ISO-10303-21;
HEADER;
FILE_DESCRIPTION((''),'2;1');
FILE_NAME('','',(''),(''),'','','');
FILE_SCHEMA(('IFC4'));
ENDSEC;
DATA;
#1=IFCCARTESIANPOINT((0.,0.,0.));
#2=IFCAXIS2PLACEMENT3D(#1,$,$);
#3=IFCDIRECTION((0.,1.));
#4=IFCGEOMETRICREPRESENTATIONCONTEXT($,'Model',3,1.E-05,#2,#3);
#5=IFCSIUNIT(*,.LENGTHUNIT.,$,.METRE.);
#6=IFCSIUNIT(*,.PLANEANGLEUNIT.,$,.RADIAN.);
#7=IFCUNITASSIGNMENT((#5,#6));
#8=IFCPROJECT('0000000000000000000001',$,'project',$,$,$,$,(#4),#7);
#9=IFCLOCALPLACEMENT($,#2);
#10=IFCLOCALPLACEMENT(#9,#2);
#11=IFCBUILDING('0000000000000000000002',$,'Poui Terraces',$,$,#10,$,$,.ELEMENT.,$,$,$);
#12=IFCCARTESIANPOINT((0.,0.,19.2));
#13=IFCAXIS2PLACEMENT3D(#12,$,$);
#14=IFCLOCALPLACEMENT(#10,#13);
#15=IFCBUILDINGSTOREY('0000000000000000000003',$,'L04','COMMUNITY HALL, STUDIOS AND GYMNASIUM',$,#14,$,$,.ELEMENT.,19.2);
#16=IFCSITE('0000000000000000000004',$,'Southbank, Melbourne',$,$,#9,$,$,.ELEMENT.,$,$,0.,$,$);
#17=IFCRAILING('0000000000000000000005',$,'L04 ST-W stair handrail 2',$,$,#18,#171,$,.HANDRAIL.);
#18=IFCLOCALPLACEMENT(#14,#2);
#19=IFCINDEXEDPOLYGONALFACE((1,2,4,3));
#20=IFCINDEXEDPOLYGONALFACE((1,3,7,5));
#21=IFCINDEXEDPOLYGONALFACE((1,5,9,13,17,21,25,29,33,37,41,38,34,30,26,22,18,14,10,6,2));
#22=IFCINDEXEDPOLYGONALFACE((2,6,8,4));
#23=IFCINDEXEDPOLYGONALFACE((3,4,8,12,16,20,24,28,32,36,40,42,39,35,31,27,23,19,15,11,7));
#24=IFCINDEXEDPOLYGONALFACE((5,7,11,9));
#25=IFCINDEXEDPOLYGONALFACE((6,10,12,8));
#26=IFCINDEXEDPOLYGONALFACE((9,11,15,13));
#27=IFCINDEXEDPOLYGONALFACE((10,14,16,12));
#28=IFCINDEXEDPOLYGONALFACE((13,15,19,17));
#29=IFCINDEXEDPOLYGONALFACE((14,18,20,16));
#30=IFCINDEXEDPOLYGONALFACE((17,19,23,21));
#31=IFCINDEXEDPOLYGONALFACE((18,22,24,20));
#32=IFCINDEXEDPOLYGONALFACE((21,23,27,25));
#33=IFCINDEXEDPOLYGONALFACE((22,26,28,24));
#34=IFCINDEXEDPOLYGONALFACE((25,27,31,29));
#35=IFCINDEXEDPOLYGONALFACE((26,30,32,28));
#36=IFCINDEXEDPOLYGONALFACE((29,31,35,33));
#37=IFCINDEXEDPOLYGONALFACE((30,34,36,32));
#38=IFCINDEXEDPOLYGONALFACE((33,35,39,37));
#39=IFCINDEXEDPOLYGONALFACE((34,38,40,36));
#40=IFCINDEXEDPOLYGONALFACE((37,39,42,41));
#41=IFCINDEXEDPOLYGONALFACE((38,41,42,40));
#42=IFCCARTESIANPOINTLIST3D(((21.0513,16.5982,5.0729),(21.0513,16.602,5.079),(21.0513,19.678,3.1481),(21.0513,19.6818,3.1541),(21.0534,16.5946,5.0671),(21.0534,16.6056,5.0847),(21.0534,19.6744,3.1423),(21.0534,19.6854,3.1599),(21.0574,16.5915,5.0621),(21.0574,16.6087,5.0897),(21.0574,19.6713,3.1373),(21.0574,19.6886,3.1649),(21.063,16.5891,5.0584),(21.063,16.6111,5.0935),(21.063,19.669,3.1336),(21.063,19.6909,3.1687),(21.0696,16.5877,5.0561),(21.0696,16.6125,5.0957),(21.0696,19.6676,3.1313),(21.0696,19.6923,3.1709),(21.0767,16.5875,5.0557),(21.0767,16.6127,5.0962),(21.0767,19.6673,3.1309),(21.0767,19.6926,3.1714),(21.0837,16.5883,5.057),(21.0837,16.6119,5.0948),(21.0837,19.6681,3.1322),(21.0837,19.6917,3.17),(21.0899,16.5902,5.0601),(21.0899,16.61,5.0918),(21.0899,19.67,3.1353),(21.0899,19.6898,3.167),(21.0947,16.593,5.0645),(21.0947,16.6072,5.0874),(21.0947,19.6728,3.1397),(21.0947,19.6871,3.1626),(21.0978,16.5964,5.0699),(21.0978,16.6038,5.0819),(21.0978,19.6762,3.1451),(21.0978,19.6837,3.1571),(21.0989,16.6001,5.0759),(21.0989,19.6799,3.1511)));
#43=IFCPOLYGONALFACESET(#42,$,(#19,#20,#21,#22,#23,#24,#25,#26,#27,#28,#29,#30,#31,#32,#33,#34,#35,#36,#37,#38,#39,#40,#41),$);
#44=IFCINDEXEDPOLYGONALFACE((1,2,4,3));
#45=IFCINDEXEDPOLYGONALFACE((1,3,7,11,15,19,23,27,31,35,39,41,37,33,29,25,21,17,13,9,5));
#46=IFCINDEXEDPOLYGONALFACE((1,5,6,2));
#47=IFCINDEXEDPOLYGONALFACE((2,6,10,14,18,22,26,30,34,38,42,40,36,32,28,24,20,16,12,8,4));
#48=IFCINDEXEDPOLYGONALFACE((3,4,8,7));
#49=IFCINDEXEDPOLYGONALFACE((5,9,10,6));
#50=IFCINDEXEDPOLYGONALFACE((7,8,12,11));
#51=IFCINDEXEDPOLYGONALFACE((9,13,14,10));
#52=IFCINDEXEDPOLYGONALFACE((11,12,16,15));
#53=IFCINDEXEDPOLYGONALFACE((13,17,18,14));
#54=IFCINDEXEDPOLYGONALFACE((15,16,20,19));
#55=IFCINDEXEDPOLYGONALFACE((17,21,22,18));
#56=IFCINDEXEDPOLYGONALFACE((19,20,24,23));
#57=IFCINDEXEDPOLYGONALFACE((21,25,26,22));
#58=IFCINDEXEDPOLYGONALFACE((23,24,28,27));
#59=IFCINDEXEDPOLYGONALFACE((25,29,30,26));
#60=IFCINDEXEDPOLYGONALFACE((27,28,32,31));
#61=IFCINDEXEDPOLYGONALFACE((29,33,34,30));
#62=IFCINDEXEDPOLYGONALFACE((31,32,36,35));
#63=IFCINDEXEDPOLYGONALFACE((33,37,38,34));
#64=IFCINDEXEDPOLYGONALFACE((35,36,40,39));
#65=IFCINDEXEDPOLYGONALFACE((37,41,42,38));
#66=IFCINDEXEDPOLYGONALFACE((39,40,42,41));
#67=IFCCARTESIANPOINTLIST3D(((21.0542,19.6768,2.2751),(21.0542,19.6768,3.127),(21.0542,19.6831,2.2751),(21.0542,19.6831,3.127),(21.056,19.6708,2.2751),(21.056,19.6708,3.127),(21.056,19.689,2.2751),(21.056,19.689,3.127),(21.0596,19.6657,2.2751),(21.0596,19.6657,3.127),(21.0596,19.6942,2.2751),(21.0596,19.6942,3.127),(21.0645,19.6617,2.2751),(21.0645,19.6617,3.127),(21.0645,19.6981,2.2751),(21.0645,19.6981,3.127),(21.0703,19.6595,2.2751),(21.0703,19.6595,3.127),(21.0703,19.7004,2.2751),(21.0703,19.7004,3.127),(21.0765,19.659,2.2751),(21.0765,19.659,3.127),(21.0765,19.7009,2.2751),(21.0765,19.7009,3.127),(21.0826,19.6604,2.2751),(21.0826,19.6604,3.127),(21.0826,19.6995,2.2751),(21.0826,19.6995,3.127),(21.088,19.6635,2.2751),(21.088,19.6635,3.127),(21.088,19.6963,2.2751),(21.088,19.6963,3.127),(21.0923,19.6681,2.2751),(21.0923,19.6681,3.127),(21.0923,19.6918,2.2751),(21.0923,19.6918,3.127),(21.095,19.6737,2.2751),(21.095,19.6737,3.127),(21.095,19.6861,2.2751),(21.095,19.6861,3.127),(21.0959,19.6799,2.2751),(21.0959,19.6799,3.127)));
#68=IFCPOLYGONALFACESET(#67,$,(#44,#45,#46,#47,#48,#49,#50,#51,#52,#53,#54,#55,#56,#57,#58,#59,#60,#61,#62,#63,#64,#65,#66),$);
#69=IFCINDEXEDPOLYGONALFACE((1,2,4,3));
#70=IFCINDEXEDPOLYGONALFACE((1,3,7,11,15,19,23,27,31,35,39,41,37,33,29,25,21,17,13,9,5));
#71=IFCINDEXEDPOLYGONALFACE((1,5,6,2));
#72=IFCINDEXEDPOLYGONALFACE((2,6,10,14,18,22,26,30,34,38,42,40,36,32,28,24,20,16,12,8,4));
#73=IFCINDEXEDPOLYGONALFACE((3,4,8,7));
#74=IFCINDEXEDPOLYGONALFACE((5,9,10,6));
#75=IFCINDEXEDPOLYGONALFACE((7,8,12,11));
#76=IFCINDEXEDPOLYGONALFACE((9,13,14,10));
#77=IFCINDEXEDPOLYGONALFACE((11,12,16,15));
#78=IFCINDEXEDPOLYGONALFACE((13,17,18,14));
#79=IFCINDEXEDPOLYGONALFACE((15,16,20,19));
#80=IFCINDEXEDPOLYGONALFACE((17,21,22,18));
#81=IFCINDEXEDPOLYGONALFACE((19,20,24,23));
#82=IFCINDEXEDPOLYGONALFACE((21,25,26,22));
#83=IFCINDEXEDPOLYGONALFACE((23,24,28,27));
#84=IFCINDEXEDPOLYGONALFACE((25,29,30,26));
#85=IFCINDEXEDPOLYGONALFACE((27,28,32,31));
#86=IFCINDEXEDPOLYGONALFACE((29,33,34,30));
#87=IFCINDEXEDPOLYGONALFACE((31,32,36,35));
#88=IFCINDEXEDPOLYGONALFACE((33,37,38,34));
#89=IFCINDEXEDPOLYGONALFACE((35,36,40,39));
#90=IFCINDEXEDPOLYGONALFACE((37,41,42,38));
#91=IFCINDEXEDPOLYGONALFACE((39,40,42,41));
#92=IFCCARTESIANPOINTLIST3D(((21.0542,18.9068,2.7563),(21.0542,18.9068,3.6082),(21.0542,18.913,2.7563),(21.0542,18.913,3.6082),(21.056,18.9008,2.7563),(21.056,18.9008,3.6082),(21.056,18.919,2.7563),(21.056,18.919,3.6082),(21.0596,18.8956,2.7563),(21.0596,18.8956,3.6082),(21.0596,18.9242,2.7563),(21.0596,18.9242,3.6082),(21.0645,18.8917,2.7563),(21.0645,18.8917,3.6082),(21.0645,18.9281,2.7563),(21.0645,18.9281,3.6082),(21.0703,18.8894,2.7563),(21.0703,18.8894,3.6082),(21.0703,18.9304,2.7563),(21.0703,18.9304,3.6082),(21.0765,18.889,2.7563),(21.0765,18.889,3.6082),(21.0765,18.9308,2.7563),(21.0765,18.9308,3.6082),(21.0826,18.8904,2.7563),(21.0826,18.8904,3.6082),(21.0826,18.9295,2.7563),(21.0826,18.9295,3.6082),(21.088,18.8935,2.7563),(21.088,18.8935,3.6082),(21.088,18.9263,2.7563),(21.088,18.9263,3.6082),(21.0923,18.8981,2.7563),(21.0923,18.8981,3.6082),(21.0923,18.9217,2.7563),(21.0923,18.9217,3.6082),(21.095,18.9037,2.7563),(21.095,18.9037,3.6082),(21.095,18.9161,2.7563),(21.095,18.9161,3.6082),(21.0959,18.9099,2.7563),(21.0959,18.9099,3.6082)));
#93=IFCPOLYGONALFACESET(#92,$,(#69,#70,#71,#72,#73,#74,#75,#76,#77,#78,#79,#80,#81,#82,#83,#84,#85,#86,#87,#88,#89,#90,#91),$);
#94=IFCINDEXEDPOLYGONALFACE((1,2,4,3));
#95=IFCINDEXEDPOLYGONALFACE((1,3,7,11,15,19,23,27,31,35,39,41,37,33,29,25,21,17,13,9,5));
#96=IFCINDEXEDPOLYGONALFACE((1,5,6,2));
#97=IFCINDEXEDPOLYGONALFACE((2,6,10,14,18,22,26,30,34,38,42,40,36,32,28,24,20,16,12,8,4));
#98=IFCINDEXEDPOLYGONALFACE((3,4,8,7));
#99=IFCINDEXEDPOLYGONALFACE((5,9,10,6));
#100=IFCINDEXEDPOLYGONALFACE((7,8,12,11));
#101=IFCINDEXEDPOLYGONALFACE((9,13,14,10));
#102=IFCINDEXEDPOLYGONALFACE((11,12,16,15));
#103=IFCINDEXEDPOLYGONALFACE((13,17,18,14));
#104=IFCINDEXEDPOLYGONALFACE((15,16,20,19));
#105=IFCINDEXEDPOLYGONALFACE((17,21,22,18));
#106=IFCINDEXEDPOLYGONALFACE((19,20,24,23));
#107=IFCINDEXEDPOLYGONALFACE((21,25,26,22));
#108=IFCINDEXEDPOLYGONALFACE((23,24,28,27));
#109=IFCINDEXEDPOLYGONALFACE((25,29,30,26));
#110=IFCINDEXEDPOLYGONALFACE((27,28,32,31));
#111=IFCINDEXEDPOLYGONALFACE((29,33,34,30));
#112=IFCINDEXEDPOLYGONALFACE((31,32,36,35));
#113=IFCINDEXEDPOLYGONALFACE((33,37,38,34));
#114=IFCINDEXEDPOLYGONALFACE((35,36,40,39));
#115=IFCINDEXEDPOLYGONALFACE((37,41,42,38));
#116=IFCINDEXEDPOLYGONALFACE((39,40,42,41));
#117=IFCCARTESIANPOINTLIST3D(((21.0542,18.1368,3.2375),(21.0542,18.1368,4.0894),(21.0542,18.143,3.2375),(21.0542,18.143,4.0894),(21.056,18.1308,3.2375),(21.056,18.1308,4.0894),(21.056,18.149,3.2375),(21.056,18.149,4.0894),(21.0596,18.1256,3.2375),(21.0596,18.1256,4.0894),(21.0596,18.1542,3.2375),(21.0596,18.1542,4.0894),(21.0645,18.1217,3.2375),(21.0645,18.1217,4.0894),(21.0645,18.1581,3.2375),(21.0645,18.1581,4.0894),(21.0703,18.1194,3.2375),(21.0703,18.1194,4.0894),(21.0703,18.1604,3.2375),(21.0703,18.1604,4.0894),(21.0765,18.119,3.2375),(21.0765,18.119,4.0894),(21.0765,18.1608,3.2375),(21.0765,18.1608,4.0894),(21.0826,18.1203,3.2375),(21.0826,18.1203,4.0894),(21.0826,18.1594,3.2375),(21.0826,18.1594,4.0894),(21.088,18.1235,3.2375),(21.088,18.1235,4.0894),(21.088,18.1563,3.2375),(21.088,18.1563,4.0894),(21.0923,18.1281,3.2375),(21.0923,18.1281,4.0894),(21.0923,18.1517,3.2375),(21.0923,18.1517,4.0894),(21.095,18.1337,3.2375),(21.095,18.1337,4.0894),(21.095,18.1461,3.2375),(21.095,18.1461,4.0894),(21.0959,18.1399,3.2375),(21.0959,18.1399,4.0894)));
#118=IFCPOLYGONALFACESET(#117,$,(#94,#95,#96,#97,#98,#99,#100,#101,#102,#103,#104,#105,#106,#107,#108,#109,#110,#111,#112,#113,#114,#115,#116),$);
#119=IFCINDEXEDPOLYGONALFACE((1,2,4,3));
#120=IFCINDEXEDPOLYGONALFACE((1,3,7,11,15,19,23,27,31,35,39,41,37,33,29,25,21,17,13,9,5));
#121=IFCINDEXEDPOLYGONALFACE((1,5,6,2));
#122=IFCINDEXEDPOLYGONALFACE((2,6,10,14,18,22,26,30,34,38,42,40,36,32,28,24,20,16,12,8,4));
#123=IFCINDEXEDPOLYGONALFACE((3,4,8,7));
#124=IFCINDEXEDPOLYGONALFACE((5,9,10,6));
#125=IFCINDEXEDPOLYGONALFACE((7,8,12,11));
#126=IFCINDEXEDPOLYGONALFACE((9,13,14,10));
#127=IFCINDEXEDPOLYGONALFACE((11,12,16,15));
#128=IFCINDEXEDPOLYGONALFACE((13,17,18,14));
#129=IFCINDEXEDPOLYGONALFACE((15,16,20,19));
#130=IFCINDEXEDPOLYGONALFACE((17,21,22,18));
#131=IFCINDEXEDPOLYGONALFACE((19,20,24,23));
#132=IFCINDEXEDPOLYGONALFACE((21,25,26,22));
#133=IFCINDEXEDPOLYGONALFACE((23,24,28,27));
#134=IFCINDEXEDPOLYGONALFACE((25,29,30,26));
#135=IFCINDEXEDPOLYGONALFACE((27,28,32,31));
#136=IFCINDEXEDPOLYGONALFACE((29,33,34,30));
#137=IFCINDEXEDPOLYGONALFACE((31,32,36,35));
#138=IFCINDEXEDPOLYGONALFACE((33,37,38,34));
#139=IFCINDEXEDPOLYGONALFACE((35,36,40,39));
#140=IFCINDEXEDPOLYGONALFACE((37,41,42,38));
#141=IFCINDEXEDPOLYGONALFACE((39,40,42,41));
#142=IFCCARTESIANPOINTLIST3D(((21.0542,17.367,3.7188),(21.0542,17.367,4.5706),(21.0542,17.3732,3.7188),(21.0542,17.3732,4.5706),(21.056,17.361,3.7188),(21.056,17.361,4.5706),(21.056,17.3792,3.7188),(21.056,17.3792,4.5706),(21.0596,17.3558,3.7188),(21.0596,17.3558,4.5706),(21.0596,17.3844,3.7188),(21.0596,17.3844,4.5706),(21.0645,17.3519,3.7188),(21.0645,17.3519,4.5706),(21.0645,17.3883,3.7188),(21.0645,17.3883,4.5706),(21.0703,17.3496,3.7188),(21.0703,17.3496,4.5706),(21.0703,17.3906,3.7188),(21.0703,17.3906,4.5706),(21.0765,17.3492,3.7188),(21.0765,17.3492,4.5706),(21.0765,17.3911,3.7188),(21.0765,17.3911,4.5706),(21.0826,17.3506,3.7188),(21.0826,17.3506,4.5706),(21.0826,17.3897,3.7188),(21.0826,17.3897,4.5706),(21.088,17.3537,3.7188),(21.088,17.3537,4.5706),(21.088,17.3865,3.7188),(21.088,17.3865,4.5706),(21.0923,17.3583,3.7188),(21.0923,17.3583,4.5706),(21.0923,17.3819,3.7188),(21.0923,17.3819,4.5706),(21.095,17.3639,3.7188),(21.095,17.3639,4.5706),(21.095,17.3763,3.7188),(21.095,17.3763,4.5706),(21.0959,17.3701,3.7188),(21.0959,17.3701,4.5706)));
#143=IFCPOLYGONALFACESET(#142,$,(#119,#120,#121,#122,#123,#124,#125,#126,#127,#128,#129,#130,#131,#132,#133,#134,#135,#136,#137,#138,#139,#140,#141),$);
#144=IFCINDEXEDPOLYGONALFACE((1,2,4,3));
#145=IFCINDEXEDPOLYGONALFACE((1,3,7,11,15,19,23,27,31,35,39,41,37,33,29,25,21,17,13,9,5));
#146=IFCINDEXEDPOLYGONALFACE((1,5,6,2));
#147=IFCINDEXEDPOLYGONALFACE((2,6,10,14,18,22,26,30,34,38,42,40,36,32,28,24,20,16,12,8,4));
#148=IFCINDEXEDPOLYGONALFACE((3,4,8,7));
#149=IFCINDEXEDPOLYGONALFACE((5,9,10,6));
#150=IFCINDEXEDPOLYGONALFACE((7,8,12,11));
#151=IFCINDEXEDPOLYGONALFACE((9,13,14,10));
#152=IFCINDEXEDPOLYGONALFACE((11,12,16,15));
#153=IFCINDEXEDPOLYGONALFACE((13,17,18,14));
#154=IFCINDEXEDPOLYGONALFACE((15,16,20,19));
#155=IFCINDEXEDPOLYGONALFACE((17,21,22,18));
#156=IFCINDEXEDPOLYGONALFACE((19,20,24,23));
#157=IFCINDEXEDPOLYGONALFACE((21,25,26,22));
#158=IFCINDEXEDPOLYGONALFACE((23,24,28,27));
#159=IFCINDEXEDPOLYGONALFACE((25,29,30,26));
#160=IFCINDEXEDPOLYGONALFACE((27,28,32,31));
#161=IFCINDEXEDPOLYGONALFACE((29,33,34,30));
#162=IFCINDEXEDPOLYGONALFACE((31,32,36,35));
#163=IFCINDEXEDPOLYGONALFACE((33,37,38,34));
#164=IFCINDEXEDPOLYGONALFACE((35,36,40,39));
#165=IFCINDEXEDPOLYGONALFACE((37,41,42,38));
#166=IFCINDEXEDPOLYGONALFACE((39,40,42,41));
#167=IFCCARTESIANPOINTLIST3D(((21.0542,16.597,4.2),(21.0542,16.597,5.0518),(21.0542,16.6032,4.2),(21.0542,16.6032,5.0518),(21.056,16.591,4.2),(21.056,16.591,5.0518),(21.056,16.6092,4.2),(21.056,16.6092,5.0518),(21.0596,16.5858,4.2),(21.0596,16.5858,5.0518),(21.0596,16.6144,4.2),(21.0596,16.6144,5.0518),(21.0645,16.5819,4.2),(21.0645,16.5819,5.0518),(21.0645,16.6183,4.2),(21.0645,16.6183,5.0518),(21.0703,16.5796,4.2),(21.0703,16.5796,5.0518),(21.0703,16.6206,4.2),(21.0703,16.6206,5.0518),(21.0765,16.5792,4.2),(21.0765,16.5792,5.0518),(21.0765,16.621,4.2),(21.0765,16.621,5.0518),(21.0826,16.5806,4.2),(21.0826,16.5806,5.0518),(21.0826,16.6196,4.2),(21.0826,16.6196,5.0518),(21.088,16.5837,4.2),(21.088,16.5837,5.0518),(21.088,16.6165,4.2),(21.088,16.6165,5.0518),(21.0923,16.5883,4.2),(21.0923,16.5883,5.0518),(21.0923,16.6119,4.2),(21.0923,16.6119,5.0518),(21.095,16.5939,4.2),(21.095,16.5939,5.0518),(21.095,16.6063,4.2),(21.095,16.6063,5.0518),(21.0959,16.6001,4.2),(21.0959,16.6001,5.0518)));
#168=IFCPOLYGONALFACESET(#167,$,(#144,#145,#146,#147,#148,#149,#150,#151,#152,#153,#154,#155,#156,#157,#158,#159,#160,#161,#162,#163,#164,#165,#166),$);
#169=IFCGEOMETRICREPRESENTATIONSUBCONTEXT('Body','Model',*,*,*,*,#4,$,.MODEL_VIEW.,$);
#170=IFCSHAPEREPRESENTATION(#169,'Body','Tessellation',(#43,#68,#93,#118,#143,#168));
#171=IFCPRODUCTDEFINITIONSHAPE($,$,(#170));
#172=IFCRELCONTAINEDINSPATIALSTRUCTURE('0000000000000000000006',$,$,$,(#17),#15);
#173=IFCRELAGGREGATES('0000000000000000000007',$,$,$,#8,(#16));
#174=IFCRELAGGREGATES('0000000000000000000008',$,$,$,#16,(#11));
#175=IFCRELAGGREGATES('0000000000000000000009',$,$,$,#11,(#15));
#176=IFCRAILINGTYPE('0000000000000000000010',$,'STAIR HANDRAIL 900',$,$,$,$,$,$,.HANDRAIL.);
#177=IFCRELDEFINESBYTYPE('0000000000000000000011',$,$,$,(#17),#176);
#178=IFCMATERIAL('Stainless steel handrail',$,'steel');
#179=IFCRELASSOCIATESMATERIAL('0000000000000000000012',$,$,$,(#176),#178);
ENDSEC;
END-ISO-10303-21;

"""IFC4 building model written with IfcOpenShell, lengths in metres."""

from ifc_helpers import new_model, si_unit, direction, frame, origin, origin_2d, place, context, subcontext, project, spatial, circle, extrude, material, type_object, element, save


model = new_model("IFC4")

# Units and contexts
model_context = context("Model", 3, precision=1e-05, world=origin(), true_north=direction((0.0, 1.0)))
body_context = subcontext(model_context, "Body", "Model", "MODEL_VIEW")
ifc_project = project(units=[si_unit("LENGTHUNIT", "METRE"), si_unit("PLANEANGLEUNIT", "RADIAN")], contexts=[model_context])

# Site, building, storey
site_placement = place(None, origin())
site = spatial("IfcSite", under=ifc_project, at=site_placement, Name="Southbank, Melbourne", CompositionType="ELEMENT", RefElevation=0.0)
building_placement = place(site_placement, origin())
building = spatial("IfcBuilding", under=site, at=building_placement, Name="Poui Terraces", CompositionType="ELEMENT")
storey_placement = place(building_placement, frame((0.0, 0.0, 19.2)))
storey = spatial("IfcBuildingStorey", under=building, at=storey_placement, Name="L04", Description="COMMUNITY HALL, STUDIOS AND GYMNASIUM", CompositionType="ELEMENT", Elevation=19.2)

# Railing
ifc_material_1 = material(Name="Stainless steel handrail", Category="steel")
railing_type_1 = type_object("IfcRailingType", Name="STAIR HANDRAIL 900", PredefinedType="HANDRAIL", material=ifc_material_1)
railing_1_placement = place(storey_placement, frame((21.075, 19.6799, 2.2751)))
element("IfcRailing", 1, at=railing_1_placement, inside=storey, type_object=railing_type_1, Name="L04 ST-W stair handrail 2", PredefinedType="HANDRAIL", context=body_context, shape_type="SweptSolid", body=[
    extrude(circle(Radius=0.0239, at=origin_2d()), frame((0.0, 0.0, 0.876), z_axis=(0.0, -0.84801, 0.529981), x_axis=(1.0, 0.0, 0.0)), (0.0, 0.0, 1.0), 3.6318),
    extrude(circle(Radius=0.021, at=origin_2d()), origin(), (0.0, 0.0, 1.0), 0.8518),
    extrude(circle(Radius=0.021, at=origin_2d()), frame((0.0, -0.77, 0.4812)), (0.0, 0.0, 1.0), 0.8518),
    extrude(circle(Radius=0.021, at=origin_2d()), frame((0.0, -1.54, 0.9624)), (0.0, 0.0, 1.0), 0.8518),
    extrude(circle(Radius=0.021, at=origin_2d()), frame((0.0, -2.3098, 1.4436)), (0.0, 0.0, 1.0), 0.8518),
    extrude(circle(Radius=0.021, at=origin_2d()), frame((0.0, -3.0798, 1.9248)), (0.0, 0.0, 1.0), 0.8518),
])

save(model, "model.ifc")
